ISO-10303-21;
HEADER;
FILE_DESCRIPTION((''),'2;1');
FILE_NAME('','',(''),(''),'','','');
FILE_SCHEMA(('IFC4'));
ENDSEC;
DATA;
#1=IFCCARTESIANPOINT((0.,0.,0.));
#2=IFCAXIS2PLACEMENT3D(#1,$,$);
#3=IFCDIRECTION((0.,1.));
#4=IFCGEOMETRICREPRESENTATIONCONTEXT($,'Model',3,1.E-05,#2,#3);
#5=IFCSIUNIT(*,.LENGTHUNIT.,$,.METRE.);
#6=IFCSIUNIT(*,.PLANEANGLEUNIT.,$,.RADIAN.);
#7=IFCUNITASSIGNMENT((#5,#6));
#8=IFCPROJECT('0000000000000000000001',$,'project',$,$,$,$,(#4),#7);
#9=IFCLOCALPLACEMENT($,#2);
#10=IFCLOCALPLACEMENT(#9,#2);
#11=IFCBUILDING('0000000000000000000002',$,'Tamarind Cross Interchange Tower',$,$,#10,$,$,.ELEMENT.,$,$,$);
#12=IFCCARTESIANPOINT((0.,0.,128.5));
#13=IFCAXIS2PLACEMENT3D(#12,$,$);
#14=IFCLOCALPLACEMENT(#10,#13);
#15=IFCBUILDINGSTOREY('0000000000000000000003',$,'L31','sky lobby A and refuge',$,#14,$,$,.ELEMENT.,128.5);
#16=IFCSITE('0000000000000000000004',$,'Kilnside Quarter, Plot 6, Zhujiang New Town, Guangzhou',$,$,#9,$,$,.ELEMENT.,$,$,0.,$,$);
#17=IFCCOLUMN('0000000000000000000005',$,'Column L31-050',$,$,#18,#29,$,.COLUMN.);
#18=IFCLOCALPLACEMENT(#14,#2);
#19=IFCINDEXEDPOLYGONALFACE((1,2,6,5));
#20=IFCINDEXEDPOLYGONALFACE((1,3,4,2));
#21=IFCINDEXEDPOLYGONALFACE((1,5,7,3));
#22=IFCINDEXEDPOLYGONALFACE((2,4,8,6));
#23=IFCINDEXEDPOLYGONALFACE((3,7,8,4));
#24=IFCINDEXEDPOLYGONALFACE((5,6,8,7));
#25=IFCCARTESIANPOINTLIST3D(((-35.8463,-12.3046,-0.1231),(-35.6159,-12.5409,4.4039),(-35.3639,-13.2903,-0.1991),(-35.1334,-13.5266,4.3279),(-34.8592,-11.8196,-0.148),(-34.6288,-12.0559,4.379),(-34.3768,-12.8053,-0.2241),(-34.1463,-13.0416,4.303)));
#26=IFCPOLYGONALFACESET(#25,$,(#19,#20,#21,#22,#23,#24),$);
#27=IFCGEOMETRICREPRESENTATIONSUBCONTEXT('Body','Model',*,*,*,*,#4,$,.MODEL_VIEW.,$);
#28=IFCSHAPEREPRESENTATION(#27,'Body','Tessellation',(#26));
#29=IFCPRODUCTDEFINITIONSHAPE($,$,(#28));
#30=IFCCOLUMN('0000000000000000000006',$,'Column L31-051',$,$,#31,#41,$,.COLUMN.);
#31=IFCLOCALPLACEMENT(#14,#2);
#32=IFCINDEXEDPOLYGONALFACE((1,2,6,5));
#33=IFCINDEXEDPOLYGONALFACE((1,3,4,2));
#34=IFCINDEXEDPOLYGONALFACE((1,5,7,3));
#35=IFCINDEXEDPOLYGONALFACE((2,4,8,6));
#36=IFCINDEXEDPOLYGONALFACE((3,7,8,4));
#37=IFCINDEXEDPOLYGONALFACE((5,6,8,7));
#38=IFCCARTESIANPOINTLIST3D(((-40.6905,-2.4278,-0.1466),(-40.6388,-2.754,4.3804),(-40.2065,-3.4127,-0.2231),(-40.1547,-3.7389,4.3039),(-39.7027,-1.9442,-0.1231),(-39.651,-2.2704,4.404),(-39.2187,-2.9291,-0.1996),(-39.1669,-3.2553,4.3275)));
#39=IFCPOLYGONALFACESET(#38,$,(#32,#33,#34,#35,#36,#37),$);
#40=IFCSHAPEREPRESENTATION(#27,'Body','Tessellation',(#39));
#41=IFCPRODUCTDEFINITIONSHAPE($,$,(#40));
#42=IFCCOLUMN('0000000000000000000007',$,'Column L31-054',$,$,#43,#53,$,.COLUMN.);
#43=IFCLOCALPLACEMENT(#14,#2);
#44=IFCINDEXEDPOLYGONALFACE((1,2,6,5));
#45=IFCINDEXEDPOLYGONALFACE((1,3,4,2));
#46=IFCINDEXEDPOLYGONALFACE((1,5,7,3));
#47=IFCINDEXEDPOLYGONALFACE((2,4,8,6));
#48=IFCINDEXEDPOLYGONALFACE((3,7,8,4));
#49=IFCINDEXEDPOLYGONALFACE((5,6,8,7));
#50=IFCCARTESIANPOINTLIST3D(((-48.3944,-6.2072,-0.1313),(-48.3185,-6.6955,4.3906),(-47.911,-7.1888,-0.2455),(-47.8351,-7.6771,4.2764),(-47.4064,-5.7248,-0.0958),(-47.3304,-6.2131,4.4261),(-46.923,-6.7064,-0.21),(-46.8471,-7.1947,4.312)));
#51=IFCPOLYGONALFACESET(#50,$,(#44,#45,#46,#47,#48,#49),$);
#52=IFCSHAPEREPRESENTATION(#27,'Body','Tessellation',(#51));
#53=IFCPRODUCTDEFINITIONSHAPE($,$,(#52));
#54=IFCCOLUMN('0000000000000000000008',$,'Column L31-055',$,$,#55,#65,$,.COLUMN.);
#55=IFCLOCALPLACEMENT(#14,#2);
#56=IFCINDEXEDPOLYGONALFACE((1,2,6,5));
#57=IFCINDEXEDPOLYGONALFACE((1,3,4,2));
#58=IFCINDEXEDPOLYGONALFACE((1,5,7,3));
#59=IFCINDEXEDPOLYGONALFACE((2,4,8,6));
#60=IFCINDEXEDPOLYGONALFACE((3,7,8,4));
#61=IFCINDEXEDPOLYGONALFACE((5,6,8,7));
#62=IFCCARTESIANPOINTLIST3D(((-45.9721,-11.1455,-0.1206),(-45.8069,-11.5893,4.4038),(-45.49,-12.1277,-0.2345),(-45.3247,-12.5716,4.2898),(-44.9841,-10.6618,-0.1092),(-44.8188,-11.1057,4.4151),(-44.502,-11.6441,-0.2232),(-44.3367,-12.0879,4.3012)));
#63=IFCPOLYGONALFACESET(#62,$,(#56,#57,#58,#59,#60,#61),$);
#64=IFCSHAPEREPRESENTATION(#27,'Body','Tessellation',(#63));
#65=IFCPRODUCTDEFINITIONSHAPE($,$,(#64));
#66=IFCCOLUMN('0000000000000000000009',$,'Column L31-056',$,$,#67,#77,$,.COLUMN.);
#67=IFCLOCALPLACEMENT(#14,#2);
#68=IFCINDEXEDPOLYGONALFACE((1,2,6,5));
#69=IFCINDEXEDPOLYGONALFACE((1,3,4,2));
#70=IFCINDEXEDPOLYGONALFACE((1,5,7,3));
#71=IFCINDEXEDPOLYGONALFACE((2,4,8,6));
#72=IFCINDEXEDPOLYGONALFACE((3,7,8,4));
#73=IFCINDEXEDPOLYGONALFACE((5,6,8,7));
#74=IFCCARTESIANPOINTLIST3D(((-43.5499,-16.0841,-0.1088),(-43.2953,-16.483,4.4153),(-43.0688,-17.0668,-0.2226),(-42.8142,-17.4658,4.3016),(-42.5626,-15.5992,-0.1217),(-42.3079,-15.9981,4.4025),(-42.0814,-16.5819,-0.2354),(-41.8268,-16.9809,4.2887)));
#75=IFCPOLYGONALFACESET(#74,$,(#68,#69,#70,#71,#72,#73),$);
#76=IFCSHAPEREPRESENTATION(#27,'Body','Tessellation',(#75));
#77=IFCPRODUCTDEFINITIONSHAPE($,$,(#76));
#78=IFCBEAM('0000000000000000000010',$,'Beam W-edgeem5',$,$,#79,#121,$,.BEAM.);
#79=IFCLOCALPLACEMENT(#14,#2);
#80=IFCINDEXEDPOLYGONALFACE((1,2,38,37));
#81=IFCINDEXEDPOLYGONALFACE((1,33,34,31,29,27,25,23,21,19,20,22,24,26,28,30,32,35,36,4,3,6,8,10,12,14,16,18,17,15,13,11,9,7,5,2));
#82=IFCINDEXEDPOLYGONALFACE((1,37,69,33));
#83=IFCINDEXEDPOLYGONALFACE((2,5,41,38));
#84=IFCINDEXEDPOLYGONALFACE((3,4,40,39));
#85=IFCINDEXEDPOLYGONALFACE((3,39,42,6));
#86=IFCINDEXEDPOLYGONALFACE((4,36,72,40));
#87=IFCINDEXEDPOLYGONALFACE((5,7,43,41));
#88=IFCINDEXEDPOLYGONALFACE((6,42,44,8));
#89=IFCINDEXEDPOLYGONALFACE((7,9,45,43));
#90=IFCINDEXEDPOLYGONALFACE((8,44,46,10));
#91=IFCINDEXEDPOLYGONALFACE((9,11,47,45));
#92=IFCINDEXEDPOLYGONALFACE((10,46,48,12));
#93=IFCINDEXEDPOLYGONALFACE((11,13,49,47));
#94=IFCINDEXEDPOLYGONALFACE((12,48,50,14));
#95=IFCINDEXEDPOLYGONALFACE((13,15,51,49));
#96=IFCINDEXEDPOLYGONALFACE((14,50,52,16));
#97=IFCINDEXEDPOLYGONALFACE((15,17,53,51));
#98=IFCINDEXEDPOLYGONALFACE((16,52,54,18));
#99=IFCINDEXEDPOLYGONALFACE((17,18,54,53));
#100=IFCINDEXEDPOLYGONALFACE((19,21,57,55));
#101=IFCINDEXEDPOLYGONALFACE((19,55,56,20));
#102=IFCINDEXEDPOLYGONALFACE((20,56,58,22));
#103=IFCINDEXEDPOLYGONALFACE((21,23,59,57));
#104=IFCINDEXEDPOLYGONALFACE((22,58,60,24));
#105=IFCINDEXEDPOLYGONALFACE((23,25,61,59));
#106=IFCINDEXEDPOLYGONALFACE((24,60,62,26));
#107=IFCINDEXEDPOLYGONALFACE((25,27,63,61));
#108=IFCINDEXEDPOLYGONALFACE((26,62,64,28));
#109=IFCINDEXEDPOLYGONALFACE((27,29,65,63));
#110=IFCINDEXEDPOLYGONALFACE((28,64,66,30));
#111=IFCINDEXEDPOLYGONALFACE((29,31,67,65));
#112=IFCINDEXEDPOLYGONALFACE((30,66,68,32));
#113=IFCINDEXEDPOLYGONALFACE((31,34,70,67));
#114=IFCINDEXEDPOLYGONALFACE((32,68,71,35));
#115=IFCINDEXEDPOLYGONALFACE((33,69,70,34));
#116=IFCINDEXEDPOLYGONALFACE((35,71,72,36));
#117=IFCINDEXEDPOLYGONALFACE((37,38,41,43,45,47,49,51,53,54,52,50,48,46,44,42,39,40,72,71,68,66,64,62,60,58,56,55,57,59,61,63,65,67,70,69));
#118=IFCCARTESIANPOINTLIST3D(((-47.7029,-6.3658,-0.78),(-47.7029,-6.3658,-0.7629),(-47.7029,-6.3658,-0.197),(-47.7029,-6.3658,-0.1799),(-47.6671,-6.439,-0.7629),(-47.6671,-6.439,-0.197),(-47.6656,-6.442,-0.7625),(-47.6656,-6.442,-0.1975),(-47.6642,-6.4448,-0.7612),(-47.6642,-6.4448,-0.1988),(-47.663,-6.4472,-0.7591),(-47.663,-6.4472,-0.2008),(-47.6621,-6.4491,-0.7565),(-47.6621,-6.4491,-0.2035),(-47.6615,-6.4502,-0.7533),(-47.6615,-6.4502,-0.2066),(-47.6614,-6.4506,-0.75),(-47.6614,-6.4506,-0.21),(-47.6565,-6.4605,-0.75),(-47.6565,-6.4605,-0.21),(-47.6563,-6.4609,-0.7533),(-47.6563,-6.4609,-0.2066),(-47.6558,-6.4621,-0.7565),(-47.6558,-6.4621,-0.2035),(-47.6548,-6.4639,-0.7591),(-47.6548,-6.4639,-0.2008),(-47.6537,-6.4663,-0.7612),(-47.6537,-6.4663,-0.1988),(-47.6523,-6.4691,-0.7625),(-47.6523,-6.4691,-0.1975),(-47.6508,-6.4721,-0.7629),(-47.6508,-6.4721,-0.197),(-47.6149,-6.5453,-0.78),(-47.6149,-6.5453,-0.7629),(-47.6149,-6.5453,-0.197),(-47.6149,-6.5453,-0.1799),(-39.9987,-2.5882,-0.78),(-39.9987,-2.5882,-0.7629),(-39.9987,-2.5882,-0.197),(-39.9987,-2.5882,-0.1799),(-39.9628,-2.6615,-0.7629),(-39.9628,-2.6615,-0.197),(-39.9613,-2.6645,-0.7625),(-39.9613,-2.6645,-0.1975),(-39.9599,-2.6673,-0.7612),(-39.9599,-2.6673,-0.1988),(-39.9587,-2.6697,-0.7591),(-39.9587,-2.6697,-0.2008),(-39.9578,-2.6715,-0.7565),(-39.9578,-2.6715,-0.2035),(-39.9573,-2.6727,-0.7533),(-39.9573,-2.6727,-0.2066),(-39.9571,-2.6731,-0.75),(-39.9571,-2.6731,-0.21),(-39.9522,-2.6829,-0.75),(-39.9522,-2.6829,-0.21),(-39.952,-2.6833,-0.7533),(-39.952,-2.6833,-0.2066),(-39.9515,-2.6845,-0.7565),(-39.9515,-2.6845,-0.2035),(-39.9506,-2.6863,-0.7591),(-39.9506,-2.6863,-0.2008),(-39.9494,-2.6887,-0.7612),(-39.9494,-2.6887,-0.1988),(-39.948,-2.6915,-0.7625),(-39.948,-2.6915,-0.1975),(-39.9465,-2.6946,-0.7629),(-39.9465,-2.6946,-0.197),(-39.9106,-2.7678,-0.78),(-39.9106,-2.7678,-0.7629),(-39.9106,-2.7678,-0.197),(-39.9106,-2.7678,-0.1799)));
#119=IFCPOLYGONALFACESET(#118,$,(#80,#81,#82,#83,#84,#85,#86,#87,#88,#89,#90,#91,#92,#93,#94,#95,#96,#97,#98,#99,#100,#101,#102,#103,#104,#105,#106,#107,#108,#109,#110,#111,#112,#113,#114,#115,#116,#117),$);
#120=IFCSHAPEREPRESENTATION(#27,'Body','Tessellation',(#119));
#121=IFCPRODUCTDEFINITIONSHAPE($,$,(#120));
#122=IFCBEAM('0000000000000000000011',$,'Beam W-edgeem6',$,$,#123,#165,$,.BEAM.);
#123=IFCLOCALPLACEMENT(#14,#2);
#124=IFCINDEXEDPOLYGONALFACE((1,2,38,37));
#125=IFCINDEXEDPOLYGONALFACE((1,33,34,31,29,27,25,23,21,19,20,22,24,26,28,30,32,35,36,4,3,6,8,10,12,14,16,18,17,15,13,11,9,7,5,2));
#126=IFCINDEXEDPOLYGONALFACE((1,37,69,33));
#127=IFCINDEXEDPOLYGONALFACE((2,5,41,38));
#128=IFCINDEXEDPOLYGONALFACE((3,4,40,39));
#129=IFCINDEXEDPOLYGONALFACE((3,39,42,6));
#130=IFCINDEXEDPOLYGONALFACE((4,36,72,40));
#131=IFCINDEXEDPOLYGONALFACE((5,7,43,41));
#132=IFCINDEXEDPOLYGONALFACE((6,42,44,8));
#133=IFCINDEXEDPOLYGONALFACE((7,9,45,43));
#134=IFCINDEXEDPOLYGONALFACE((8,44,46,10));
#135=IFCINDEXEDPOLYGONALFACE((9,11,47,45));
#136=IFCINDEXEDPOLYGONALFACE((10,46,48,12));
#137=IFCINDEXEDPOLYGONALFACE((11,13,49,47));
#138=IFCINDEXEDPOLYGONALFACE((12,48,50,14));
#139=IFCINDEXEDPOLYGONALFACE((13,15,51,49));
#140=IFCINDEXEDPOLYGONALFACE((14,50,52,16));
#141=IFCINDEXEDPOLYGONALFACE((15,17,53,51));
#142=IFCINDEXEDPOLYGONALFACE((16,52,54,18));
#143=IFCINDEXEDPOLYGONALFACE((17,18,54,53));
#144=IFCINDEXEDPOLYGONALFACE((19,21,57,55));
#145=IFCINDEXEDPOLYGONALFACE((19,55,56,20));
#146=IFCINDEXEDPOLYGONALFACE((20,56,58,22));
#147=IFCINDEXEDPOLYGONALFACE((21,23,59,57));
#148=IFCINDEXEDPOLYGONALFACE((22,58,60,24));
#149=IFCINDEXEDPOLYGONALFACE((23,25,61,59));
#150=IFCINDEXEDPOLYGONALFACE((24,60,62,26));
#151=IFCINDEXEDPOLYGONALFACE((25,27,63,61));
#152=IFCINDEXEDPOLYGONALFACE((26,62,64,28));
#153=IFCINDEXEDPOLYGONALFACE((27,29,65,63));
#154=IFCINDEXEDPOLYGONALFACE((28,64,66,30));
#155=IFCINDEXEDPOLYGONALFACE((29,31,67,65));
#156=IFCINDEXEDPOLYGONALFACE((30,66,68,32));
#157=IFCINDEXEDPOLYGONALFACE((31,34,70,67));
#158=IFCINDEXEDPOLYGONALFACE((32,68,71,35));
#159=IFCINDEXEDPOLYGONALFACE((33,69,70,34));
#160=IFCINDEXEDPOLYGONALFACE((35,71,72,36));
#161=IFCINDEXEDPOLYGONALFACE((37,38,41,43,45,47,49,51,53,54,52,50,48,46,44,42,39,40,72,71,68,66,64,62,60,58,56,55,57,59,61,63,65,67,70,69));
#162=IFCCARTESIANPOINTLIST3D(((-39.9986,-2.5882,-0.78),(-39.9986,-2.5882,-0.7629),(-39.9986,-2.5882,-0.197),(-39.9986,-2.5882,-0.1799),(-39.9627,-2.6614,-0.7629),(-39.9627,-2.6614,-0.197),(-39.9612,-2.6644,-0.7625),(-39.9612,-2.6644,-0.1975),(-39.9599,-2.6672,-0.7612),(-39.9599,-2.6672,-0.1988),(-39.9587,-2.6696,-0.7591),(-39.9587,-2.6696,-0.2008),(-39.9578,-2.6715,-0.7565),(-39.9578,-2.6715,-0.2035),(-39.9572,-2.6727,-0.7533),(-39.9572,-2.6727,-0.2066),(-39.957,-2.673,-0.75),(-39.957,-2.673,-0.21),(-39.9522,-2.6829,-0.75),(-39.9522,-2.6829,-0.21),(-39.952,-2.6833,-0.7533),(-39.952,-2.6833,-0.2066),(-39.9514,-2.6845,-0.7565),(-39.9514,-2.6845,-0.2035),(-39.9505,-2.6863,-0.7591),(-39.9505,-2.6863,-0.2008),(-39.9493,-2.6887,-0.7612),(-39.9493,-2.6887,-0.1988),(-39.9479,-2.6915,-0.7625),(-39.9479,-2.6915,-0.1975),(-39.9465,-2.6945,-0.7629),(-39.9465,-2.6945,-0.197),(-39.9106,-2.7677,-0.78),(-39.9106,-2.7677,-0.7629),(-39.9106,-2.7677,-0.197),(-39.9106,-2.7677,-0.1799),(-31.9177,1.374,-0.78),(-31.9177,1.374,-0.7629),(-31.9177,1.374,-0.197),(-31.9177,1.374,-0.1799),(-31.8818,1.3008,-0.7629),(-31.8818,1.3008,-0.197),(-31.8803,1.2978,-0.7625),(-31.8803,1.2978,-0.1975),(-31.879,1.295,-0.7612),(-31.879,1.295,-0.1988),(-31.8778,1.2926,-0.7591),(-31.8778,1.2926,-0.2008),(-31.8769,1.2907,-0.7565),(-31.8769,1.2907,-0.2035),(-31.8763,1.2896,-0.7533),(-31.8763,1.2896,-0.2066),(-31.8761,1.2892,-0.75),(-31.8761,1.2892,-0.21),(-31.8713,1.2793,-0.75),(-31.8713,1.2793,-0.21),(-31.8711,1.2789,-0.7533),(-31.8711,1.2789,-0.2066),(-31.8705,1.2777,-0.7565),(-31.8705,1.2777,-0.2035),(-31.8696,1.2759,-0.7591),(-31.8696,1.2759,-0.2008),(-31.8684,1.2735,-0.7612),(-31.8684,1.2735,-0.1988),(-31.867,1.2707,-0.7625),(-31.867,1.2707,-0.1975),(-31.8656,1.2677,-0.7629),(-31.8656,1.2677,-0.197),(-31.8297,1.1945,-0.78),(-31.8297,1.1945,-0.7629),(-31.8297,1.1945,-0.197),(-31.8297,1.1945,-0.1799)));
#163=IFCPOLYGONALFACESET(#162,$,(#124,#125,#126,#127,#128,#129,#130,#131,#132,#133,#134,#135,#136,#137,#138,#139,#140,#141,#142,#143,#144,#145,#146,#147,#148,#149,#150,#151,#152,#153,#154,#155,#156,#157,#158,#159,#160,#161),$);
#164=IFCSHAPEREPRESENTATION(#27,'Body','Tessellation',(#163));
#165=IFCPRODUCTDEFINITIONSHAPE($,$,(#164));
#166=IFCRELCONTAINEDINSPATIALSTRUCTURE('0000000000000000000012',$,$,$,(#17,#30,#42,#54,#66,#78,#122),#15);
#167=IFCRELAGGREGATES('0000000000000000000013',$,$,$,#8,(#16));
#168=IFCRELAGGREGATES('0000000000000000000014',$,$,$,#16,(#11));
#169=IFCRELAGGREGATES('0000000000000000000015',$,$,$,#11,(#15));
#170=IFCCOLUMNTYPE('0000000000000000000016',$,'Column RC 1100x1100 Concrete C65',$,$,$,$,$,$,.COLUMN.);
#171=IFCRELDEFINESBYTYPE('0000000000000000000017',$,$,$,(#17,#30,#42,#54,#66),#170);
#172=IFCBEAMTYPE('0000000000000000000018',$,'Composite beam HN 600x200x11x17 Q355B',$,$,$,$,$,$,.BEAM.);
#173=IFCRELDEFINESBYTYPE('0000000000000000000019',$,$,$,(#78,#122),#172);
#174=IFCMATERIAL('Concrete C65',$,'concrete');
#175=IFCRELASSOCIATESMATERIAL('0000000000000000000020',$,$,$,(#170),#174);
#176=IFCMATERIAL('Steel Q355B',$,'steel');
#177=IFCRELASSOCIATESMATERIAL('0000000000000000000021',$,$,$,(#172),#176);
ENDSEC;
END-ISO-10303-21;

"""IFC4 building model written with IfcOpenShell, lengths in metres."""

from ifc_helpers import new_model, si_unit, direction, frame, origin, origin_2d, place, context, subcontext, project, spatial, rectangle, i_section, extrude, material, material_profile, profile_set, type_object, element, save


model = new_model("IFC4")

# Units and contexts
model_context = context("Model", 3, precision=1e-05, world=origin(), true_north=direction((0.0, 1.0)))
body_context = subcontext(model_context, "Body", "Model", "MODEL_VIEW")
ifc_project = project(units=[si_unit("LENGTHUNIT", "METRE"), si_unit("PLANEANGLEUNIT", "RADIAN")], contexts=[model_context])

# Site, building, storey
site_placement = place(None, origin())
site = spatial("IfcSite", under=ifc_project, at=site_placement, Name="Kilnside Quarter, Plot 6, Zhujiang New Town, Guangzhou", CompositionType="ELEMENT", RefElevation=0.0)
building_placement = place(site_placement, origin())
building = spatial("IfcBuilding", under=site, at=building_placement, Name="Tamarind Cross Interchange Tower", CompositionType="ELEMENT")
storey_placement = place(building_placement, frame((0.0, 0.0, 128.5)))
storey = spatial("IfcBuildingStorey", under=building, at=storey_placement, Name="L31", Description="sky lobby A and refuge", CompositionType="ELEMENT", Elevation=128.5)

# Columns
ifc_material_1 = material(Name="Concrete C65", Category="concrete")
ifc_material_profile_1 = material_profile(ifc_material_1, rectangle(XDim=1.1001, YDim=1.1001, at=origin_2d()), Name="RC 1100x1100")
ifc_profile_set_1 = profile_set([ifc_material_profile_1], Name="Concrete C65")
column_type = type_object("IfcColumnType", Name="Column RC 1100x1100 Concrete C65", PredefinedType="COLUMN", material=ifc_profile_set_1)
for number, where, z_axis, x_axis, name in (
    (1, (-35.1116, -12.5549, -0.1736), (0.050774, -0.052065, 0.997352), (-0.438527, 0.896057, 0.069102), "Column L31-050"),
    (2, (-39.9546, -2.6785, -0.1731), (0.011403, -0.071858, 0.99735), (0.897914, 0.43965, 0.021411), "Column L31-051"),
):
    element("IfcColumn", number, at=place(storey_placement, frame(where, z_axis=z_axis, x_axis=x_axis)), inside=storey, type_object=column_type, Name=name, PredefinedType="COLUMN", context=body_context, shape_type="SweptSolid", body=[
        extrude(rectangle(XDim=1.1001, YDim=1.1001, at=origin_2d()), origin(), (0.0, 0.0, 1.0), 4.5391),
    ])
column_1_placement = place(storey_placement, frame((-47.6587, -6.4568, -0.1707), z_axis=(0.016691, -0.107341, 0.994082), x_axis=(0.898142, 0.43852, 0.032271)))
element("IfcColumn", 3, at=column_1_placement, inside=storey, type_object=column_type, Name="Column L31-054", PredefinedType="COLUMN", context=body_context, shape_type="SweptSolid", body=[
    extrude(rectangle(XDim=1.1001, YDim=1.1001, at=origin_2d()), origin(), (0.0, 0.0, 1.0), 4.5488),
])
column_2_placement = place(storey_placement, frame((-45.2371, -11.3948, -0.1719), z_axis=(0.036333, -0.097567, 0.994565), x_axis=(0.89811, 0.43965, 0.010321)))
element("IfcColumn", 4, at=column_2_placement, inside=storey, type_object=column_type, Name="Column L31-055", PredefinedType="COLUMN", context=body_context, shape_type="SweptSolid", body=[
    extrude(rectangle(XDim=1.1001, YDim=1.1001, at=origin_2d()), origin(), (0.0, 0.0, 1.0), 4.5491),
])
column_3_placement = place(storey_placement, frame((-42.8157, -16.333, -0.1721), z_axis=(0.055979, -0.087698, 0.994573), x_axis=(-0.437366, 0.893321, 0.103387)))
element("IfcColumn", 5, at=column_3_placement, inside=storey, type_object=column_type, Name="Column L31-056", PredefinedType="COLUMN", context=body_context, shape_type="SweptSolid", body=[
    extrude(rectangle(XDim=1.1001, YDim=1.1001, at=origin_2d()), origin(), (0.0, 0.0, 1.0), 4.5488),
])

# Beams
ifc_material_2 = material(Name="Steel Q355B", Category="steel")
ifc_material_profile_2 = material_profile(ifc_material_2, i_section(OverallWidth=0.2, OverallDepth=0.6001, WebThickness=0.011, FlangeThickness=0.0171, FilletRadius=0.0129, at=origin_2d()), Name="HN 600x200x11x17")
ifc_profile_set_2 = profile_set([ifc_material_profile_2], Name="Steel Q355B")
beam_type_1 = type_object("IfcBeamType", Name="Composite beam HN 600x200x11x17 Q355B", PredefinedType="BEAM", material=ifc_profile_set_2)
beam_1_placement = place(storey_placement, frame((-47.6589, -6.4556, -0.48), z_axis=(0.897877, 0.440246, 0.0), x_axis=(-0.440246, 0.897877, 0.0)))
element("IfcBeam", 6, at=beam_1_placement, inside=storey, type_object=beam_type_1, Name="Beam W-edgeem5", PredefinedType="BEAM", context=body_context, shape_type="SweptSolid", body=[
    extrude(i_section(OverallWidth=0.2, OverallDepth=0.6001, WebThickness=0.011, FlangeThickness=0.0171, FilletRadius=0.0129, at=origin_2d()), origin(), (0.0, 0.0, 1.0), 8.5806),
])
beam_2_placement = place(storey_placement, frame((-39.9546, -2.678, -0.48), z_axis=(0.897878, 0.440245, 0.0), x_axis=(-0.440245, 0.897878, 0.0)))
element("IfcBeam", 7, at=beam_2_placement, inside=storey, type_object=beam_type_1, Name="Beam W-edgeem6", PredefinedType="BEAM", context=body_context, shape_type="SweptSolid", body=[
    extrude(i_section(OverallWidth=0.2, OverallDepth=0.6001, WebThickness=0.011, FlangeThickness=0.0171, FilletRadius=0.0129, at=origin_2d()), origin(), (0.0, 0.0, 1.0), 9.0),
])

save(model, "model.ifc")
